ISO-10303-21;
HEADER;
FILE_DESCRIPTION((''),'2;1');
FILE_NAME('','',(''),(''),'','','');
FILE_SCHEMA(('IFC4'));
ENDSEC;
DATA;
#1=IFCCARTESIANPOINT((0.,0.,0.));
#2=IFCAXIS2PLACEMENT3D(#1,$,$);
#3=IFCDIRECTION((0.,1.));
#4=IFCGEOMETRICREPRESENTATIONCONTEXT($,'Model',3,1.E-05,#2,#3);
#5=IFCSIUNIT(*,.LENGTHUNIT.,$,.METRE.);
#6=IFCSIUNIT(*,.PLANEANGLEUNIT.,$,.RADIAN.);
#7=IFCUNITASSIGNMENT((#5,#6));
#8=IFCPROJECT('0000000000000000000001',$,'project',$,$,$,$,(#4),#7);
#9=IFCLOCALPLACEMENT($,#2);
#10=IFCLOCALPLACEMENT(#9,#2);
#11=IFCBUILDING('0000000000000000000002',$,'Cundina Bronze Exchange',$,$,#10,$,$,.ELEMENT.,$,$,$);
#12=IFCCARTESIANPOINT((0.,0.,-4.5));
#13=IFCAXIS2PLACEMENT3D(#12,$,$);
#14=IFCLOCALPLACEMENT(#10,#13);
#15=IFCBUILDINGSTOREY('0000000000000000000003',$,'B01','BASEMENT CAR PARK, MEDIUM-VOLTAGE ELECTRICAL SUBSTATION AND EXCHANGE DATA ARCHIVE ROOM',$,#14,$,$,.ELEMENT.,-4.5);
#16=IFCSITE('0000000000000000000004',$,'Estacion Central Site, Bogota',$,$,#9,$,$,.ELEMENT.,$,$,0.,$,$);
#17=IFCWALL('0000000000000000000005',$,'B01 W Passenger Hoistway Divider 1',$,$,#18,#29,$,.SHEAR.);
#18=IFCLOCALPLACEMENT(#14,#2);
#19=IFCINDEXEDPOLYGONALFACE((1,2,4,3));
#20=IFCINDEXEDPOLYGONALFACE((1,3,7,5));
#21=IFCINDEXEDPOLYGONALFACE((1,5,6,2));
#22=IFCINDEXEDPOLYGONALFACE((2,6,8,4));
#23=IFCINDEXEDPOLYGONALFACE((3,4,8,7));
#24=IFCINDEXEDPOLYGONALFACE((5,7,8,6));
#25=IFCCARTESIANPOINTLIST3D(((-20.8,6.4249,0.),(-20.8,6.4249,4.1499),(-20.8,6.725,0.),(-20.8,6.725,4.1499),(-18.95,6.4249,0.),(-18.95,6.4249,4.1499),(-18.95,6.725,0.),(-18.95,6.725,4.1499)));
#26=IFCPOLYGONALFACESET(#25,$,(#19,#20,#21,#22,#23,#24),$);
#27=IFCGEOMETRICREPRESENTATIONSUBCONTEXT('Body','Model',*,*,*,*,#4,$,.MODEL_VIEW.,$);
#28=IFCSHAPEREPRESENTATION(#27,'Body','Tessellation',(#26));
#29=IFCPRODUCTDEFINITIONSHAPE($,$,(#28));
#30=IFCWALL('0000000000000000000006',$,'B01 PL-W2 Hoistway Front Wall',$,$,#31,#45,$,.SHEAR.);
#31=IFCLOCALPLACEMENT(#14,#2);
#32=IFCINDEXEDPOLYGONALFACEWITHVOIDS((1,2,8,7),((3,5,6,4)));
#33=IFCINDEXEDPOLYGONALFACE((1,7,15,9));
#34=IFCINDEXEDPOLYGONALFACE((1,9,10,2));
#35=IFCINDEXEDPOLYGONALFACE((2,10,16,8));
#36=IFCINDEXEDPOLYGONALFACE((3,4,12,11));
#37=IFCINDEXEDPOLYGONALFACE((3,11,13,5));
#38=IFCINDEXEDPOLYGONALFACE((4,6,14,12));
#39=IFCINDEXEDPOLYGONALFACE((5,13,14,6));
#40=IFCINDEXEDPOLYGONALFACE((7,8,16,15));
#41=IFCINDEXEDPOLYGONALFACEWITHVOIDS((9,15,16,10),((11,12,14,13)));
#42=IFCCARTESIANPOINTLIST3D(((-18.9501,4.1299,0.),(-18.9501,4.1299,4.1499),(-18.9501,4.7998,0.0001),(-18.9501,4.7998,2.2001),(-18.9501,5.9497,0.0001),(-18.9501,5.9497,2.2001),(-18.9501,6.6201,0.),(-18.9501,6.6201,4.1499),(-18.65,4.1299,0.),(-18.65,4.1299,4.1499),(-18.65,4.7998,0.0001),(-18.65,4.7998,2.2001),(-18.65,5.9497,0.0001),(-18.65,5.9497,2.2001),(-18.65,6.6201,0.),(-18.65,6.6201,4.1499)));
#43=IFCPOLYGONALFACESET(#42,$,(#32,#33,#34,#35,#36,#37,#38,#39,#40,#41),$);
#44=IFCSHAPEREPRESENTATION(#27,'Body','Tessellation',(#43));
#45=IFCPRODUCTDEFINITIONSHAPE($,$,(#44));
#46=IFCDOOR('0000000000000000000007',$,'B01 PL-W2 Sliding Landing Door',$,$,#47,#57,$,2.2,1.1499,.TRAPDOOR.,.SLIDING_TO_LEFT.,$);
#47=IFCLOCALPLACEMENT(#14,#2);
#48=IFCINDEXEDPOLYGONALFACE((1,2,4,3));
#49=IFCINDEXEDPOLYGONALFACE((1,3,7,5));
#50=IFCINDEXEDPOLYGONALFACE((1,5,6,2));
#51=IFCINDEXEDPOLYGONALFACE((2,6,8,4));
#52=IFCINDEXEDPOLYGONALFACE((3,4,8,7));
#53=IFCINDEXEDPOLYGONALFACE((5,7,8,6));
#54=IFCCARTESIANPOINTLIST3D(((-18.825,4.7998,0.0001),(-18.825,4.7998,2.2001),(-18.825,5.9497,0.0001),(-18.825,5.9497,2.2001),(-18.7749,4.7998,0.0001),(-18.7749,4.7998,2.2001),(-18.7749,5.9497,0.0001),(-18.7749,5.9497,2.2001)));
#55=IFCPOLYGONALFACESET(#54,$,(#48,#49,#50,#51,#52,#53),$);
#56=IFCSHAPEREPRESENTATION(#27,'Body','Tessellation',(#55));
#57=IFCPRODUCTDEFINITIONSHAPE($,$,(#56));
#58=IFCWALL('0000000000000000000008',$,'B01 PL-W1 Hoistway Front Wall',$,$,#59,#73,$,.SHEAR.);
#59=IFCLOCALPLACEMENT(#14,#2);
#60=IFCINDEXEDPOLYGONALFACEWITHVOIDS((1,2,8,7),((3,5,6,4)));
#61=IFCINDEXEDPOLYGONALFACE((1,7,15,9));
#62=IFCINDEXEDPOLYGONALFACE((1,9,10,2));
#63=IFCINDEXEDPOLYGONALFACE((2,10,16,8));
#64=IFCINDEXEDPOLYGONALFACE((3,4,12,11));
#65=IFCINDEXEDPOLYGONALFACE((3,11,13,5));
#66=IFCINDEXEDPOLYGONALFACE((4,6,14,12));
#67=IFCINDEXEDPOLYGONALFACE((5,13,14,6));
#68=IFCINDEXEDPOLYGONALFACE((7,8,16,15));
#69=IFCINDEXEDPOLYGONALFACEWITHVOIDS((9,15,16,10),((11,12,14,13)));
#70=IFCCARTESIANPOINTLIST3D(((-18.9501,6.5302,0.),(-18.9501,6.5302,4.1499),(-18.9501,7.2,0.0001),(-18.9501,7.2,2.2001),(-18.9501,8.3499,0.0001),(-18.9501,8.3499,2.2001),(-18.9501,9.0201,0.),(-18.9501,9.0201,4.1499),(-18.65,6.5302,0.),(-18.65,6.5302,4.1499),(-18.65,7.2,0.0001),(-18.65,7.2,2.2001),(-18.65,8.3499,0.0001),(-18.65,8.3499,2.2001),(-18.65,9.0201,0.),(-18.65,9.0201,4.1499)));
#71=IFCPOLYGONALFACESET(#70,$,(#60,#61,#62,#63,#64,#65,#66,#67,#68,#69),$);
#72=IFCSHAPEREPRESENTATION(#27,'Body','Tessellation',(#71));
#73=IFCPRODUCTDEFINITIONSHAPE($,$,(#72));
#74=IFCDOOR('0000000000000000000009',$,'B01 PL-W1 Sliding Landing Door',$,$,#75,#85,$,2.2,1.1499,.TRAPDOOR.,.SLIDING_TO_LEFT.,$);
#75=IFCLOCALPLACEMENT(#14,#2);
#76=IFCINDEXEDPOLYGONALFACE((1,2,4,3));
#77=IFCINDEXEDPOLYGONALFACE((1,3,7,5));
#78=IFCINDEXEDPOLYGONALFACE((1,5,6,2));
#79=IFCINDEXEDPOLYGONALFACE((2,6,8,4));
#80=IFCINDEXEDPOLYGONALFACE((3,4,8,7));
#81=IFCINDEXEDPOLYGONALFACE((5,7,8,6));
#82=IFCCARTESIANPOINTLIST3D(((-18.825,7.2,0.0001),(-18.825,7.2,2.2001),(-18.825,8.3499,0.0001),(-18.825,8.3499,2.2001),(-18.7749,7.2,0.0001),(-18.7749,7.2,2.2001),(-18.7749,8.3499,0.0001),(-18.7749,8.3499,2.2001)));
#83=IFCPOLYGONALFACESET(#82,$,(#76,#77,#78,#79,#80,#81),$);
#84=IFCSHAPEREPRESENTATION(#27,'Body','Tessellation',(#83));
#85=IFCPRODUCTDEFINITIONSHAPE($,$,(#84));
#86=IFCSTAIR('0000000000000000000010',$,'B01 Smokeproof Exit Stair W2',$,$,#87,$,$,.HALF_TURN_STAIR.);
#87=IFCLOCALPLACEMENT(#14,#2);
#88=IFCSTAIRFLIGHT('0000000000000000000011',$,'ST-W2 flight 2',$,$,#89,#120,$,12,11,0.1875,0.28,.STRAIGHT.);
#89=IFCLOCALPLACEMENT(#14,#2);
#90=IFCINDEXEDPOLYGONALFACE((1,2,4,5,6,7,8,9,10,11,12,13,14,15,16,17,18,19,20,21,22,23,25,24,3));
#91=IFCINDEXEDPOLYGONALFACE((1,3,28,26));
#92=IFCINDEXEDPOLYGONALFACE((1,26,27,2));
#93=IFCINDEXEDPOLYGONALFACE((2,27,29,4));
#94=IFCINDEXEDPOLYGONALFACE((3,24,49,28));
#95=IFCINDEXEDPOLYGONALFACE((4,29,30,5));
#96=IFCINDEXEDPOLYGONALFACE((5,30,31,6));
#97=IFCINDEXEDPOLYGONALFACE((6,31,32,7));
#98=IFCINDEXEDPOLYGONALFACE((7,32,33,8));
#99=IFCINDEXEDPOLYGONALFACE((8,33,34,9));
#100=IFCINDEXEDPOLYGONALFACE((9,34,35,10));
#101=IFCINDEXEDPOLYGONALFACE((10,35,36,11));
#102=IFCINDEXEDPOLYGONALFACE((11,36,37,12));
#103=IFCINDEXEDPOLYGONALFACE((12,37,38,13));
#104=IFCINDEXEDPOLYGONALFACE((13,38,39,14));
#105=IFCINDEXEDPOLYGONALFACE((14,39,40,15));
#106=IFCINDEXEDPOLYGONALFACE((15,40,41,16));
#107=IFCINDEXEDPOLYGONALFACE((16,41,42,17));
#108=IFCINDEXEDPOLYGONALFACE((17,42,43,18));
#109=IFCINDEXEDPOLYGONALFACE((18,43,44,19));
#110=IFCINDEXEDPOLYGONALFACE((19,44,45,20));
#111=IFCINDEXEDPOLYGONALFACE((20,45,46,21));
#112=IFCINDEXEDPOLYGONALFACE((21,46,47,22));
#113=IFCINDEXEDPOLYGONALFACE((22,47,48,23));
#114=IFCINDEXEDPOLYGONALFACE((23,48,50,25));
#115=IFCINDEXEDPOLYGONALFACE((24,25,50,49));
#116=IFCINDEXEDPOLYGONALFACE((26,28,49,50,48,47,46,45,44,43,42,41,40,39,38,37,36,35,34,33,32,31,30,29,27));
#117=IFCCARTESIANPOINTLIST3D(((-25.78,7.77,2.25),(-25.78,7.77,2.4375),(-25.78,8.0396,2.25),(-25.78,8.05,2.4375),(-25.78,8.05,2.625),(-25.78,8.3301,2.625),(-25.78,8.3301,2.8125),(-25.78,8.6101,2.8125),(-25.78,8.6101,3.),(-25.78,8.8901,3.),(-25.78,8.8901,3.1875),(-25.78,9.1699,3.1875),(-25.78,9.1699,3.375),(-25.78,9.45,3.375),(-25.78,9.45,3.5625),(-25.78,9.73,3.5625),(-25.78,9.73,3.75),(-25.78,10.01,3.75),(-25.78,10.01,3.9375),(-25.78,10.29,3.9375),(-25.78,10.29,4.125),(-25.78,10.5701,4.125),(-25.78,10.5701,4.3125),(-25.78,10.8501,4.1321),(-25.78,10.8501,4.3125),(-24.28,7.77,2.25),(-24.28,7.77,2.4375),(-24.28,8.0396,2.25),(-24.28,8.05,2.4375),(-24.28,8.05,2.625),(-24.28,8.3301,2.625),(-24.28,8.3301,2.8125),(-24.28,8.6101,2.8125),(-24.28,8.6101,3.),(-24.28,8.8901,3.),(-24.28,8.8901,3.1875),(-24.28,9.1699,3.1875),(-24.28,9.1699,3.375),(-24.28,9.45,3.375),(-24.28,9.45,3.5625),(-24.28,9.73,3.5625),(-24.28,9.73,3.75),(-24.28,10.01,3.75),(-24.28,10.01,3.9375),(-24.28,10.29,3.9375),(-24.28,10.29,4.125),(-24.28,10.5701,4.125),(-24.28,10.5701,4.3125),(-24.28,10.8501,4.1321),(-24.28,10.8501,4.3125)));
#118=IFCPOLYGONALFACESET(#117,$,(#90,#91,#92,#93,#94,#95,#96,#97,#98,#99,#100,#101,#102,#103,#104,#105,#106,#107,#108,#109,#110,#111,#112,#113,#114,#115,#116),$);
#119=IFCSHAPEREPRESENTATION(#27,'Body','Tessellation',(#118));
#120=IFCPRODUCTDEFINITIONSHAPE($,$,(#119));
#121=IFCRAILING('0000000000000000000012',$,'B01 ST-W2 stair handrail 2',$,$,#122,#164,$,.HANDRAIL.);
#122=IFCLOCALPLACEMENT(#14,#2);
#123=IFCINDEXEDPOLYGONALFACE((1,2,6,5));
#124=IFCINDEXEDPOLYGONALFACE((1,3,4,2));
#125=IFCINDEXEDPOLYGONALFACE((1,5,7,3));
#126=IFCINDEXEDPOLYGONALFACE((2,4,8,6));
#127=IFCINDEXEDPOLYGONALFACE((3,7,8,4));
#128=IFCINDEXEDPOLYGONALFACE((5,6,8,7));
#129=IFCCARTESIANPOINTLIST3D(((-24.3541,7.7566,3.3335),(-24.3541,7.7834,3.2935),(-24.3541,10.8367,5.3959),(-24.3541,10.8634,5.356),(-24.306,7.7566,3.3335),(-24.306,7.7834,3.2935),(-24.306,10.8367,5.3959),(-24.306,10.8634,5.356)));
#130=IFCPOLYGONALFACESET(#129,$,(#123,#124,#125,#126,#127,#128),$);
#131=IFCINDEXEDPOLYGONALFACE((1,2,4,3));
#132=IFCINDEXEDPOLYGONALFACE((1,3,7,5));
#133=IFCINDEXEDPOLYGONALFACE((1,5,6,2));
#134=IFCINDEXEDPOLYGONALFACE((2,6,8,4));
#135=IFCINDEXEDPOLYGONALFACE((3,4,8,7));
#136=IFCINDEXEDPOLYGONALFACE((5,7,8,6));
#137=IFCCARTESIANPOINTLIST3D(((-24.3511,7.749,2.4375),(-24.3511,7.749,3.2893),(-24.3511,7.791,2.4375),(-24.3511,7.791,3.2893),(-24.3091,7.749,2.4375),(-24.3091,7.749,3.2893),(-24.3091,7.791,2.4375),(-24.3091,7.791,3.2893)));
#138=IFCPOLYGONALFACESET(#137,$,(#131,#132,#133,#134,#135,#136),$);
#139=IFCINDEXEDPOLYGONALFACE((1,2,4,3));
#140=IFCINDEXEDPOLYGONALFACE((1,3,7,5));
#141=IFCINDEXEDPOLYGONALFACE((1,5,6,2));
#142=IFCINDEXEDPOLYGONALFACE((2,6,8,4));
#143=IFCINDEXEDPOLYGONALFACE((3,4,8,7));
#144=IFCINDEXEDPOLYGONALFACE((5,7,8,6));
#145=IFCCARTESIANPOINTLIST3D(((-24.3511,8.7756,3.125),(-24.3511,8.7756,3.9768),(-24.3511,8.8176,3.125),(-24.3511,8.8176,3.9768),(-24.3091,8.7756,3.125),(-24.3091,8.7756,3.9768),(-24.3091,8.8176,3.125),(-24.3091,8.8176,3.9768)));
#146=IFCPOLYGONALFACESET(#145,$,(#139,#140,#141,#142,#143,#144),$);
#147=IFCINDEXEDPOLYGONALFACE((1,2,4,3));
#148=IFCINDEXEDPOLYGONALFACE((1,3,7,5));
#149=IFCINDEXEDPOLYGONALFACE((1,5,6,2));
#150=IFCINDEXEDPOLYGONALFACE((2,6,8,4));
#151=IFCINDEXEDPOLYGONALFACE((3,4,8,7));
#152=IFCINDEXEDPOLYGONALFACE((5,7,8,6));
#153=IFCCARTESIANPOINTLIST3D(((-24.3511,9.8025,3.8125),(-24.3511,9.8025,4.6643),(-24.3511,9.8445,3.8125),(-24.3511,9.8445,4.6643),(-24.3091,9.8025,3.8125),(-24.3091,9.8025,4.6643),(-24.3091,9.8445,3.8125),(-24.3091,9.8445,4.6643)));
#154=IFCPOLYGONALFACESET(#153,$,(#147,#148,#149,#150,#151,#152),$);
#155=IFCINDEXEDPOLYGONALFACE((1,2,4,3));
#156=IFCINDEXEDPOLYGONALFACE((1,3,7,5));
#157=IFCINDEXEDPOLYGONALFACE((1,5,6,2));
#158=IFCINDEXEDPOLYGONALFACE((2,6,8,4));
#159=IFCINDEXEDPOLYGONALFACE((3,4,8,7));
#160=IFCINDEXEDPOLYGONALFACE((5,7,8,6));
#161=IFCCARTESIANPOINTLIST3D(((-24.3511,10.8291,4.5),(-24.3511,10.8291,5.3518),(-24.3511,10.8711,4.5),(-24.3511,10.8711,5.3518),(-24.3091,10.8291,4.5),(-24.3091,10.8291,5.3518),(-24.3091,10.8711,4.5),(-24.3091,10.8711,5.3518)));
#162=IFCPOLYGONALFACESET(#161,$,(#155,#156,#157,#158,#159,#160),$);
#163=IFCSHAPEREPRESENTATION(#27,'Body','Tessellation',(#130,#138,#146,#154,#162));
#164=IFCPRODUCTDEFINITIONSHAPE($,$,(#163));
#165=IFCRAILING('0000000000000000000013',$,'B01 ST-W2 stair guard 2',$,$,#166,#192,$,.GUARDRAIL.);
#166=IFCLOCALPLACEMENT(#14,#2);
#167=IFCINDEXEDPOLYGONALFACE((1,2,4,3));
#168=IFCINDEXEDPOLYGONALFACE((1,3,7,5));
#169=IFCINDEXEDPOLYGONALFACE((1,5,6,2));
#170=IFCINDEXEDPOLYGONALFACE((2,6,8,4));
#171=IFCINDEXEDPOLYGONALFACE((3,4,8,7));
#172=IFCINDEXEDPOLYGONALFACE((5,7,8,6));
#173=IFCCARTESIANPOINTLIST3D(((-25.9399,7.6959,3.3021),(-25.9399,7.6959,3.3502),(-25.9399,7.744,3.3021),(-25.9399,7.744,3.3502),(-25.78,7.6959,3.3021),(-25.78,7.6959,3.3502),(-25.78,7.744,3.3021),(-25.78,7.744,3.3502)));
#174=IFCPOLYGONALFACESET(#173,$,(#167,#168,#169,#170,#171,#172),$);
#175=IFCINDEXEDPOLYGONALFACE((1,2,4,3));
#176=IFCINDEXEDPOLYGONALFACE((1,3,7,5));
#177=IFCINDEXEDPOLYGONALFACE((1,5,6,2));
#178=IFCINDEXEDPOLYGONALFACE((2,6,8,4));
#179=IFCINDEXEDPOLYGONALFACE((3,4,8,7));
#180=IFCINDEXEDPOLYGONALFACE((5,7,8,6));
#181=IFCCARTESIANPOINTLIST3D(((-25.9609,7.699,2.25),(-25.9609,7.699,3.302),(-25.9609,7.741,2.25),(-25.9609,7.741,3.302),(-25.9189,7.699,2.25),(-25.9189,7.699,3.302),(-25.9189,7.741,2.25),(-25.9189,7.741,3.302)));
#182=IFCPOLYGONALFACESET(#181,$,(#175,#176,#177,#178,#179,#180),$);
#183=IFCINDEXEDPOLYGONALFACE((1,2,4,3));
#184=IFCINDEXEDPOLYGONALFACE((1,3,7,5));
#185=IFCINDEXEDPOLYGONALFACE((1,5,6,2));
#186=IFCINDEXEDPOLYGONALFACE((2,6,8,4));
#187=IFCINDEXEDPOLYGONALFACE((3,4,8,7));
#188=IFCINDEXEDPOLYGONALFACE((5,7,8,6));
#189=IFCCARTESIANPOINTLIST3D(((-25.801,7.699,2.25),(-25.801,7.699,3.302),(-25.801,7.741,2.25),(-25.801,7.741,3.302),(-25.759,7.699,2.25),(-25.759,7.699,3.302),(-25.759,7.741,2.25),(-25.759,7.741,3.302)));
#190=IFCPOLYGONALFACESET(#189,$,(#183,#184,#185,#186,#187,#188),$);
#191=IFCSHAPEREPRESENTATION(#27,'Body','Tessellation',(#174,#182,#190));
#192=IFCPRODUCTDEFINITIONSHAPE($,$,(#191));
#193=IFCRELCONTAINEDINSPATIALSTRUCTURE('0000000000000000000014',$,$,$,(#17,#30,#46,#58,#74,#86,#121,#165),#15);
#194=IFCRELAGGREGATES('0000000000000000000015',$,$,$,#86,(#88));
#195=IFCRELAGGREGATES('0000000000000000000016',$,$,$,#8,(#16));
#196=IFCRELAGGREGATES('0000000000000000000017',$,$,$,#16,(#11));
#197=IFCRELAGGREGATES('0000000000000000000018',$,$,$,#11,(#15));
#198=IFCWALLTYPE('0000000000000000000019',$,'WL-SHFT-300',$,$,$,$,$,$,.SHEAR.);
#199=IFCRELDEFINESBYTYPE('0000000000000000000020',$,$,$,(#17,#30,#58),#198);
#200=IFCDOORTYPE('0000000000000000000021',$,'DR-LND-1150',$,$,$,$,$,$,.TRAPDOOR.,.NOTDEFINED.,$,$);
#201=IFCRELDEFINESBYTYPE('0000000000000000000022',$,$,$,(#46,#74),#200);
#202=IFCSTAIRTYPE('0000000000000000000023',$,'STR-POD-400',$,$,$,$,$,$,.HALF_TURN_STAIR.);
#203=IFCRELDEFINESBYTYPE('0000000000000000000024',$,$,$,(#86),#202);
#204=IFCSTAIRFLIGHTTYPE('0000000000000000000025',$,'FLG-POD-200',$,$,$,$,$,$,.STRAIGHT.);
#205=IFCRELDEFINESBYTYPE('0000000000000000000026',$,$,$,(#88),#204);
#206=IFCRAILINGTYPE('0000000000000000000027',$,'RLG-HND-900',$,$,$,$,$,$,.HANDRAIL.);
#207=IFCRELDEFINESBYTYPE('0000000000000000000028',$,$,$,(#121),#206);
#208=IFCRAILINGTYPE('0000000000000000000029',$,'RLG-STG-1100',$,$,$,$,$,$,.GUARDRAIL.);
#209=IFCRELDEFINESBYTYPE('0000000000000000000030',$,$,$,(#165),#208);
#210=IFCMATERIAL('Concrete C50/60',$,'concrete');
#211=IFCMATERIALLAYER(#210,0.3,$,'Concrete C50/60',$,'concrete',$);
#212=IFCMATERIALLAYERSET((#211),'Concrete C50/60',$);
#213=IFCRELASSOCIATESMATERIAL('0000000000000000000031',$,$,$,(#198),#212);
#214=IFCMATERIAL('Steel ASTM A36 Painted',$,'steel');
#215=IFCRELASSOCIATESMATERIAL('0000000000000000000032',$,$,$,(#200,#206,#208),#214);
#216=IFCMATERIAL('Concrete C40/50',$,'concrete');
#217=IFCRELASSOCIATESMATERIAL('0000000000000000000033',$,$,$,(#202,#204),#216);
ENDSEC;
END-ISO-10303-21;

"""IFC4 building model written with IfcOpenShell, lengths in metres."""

from ifc_helpers import new_model, si_unit, direction, frame, frame_2d, origin, origin_2d, place, context, subcontext, project, spatial, polyline, rectangle, outline, extrude, material, layer, layer_set, type_object, element, fill, aggregate, save


model = new_model("IFC4")

# Units and contexts
model_context = context("Model", 3, precision=1e-05, world=origin(), true_north=direction((0.0, 1.0)))
body_context = subcontext(model_context, "Body", "Model", "MODEL_VIEW")
ifc_project = project(units=[si_unit("LENGTHUNIT", "METRE"), si_unit("PLANEANGLEUNIT", "RADIAN")], contexts=[model_context])

# Site, building, storey
site_placement = place(None, origin())
site = spatial("IfcSite", under=ifc_project, at=site_placement, Name="Estacion Central Site, Bogota", CompositionType="ELEMENT", RefElevation=0.0)
building_placement = place(site_placement, origin())
building = spatial("IfcBuilding", under=site, at=building_placement, Name="Cundina Bronze Exchange", CompositionType="ELEMENT")
storey_placement = place(building_placement, frame((0.0, 0.0, -4.5)))
storey = spatial("IfcBuildingStorey", under=building, at=storey_placement, Name="B01", Description="BASEMENT CAR PARK, MEDIUM-VOLTAGE ELECTRICAL SUBSTATION AND EXCHANGE DATA ARCHIVE ROOM", CompositionType="ELEMENT", Elevation=-4.5)

# Shared definitions
ifc_material_1 = material(Name="Concrete C50/60", Category="concrete")
ifc_layer = layer(ifc_material_1, 0.3, Name="Concrete C50/60", Category="concrete")
ifc_layer_set = layer_set([ifc_layer], Name="Concrete C50/60")
wall_type = type_object("IfcWallType", Name="WL-SHFT-300", PredefinedType="SHEAR", material=ifc_layer_set)
ifc_material_2 = material(Name="Steel ASTM A36 Painted", Category="steel")
door_type = type_object("IfcDoorType", Name="DR-LND-1150", OperationType="NOTDEFINED", PredefinedType="TRAPDOOR", material=ifc_material_2)

# Wall
wall_1_placement = place(storey_placement, frame((-20.8, 6.575, 0.0), z_axis=(0.0, 0.0, 1.0), x_axis=(1.0, 0.0, 0.0)))
element("IfcWall", 1, at=wall_1_placement, inside=storey, type_object=wall_type, Name="B01 W Passenger Hoistway Divider 1", PredefinedType="SHEAR", context=body_context, shape_type="SweptSolid", body=[
    extrude(rectangle(XDim=1.8501, YDim=0.3, at=frame_2d((0.925, 0.0))), origin(), (0.0, 0.0, 1.0), 4.1499),
])

# Walls, openings, doors
wall_2_placement = place(storey_placement, frame((-18.8, 4.1299, 0.0), z_axis=(0.0, 0.0, 1.0), x_axis=(0.0, 1.0, 0.0)))
wall_2 = element("IfcWall", 2, at=wall_2_placement, inside=storey, type_object=wall_type, Name="B01 PL-W2 Hoistway Front Wall", PredefinedType="SHEAR", context=body_context, shape_type="SweptSolid", body=[
    extrude(rectangle(XDim=2.4902, YDim=0.3, at=frame_2d((1.2451, 0.0))), origin(), (0.0, 0.0, 1.0), 4.1499),
])
opening_1_placement = place(wall_2_placement, frame((0.6699, 0.0, 0.0)))
opening_1 = element("IfcOpeningElement", 3, at=opening_1_placement, cuts=wall_2, PredefinedType="OPENING", context=body_context, shape_type="SweptSolid", body=[
    extrude(rectangle(XDim=1.1499, YDim=2.2, at=frame_2d((0.575, 1.1001))), frame((0.0, 0.1599, 0.0), z_axis=(0.0, -1.0, 0.0), x_axis=(1.0, 0.0, 0.0)), (0.0, 0.0, 1.0), 0.3201),
])
door_1_placement = place(opening_1_placement, origin())
door_1 = element("IfcDoor", 4, at=door_1_placement, inside=storey, type_object=door_type, Name="B01 PL-W2 Sliding Landing Door", OperationType="SLIDING_TO_LEFT", OverallHeight=2.2, OverallWidth=1.1499, PredefinedType="TRAPDOOR", context=body_context, shape_type="SweptSolid", body=[
    extrude(rectangle(XDim=1.1499, YDim=2.2, at=frame_2d((0.575, 1.1001))), frame((0.0, 0.0249, 0.0), z_axis=(0.0, -1.0, 0.0), x_axis=(1.0, 0.0, 0.0)), (0.0, 0.0, 1.0), 0.05),
])
fill(opening_1, door_1)
wall_3_placement = place(storey_placement, frame((-18.8, 6.53, 0.0), z_axis=(0.0, 0.0, 1.0), x_axis=(0.0, 1.0, 0.0)))
wall_3 = element("IfcWall", 5, at=wall_3_placement, inside=storey, type_object=wall_type, Name="B01 PL-W1 Hoistway Front Wall", PredefinedType="SHEAR", context=body_context, shape_type="SweptSolid", body=[
    extrude(rectangle(XDim=2.49, YDim=0.3, at=frame_2d((1.2451, 0.0))), origin(), (0.0, 0.0, 1.0), 4.1499),
])
opening_2_placement = place(wall_3_placement, frame((0.6699, 0.0, 0.0)))
opening_2 = element("IfcOpeningElement", 6, at=opening_2_placement, cuts=wall_3, PredefinedType="OPENING", context=body_context, shape_type="SweptSolid", body=[
    extrude(rectangle(XDim=1.1499, YDim=2.2, at=frame_2d((0.575, 1.1001))), frame((0.0, 0.1599, 0.0), z_axis=(0.0, -1.0, 0.0), x_axis=(1.0, 0.0, 0.0)), (0.0, 0.0, 1.0), 0.3201),
])
door_2_placement = place(opening_2_placement, origin())
door_2 = element("IfcDoor", 7, at=door_2_placement, inside=storey, type_object=door_type, Name="B01 PL-W1 Sliding Landing Door", OperationType="SLIDING_TO_LEFT", OverallHeight=2.2, OverallWidth=1.1499, PredefinedType="TRAPDOOR", context=body_context, shape_type="SweptSolid", body=[
    extrude(rectangle(XDim=1.1499, YDim=2.2, at=frame_2d((0.575, 1.1001))), frame((0.0, 0.0249, 0.0), z_axis=(0.0, -1.0, 0.0), x_axis=(1.0, 0.0, 0.0)), (0.0, 0.0, 1.0), 0.05),
])
fill(opening_2, door_2)

# Stair, stair flight
ifc_material_3 = material(Name="Concrete C40/50", Category="concrete")
stair_type = type_object("IfcStairType", Name="STR-POD-400", PredefinedType="HALF_TURN_STAIR", material=ifc_material_3)
stair_placement = place(storey_placement, origin())
stair = element("IfcStair", 8, at=stair_placement, inside=storey, type_object=stair_type, Name="B01 Smokeproof Exit Stair W2", PredefinedType="HALF_TURN_STAIR")
stair_flight_type = type_object("IfcStairFlightType", Name="FLG-POD-200", PredefinedType="STRAIGHT", material=ifc_material_3)
stair_flight_placement = place(storey_placement, frame((-25.03, 7.77, 2.25), z_axis=(0.0, 0.0, 1.0), x_axis=(0.0, 1.0, 0.0)))
stair_flight = element("IfcStairFlight", 9, at=stair_flight_placement, type_object=stair_flight_type, Name="ST-W2 flight 2", NumberOfRisers=12, NumberOfTreads=11, PredefinedType="STRAIGHT", RiserHeight=0.1875, TreadLength=0.28, context=body_context, shape_type="SweptSolid", body=[
    extrude(outline(polyline([(0.0, 0.0), (0.0, 0.1875), (0.28, 0.1875), (0.28, 0.375), (0.5601, 0.375), (0.5601, 0.5625), (0.8401, 0.5625), (0.8401, 0.75), (1.1201, 0.75), (1.1201, 0.9375), (1.3999, 0.9375), (1.3999, 1.125), (1.6799, 1.125), (1.6799, 1.3125), (1.96, 1.3125), (1.96, 1.5), (2.24, 1.5), (2.24, 1.6875), (2.52, 1.6875), (2.52, 1.875), (2.8, 1.875), (2.8, 2.0625), (3.0801, 2.0625), (3.0801, 2.25), (3.0801, 1.8821), (0.2695, 0.0), (0.0, 0.0)])), frame((0.0, 0.75, 0.0), z_axis=(0.0, -1.0, 0.0), x_axis=(1.0, 0.0, 0.0)), (0.0, 0.0, 1.0), 1.5),
])
aggregate(stair, [stair_flight])

# Railings
railing_type_1 = type_object("IfcRailingType", Name="RLG-HND-900", PredefinedType="HANDRAIL", material=ifc_material_2)
railing_1_placement = place(storey_placement, frame((-24.3301, 7.77, 2.4375)))
element("IfcRailing", 10, at=railing_1_placement, inside=storey, type_object=railing_type_1, Name="B01 ST-W2 stair handrail 2", PredefinedType="HANDRAIL", context=body_context, shape_type="SweptSolid", body=[
    extrude(rectangle(XDim=0.0481, YDim=0.0481, at=origin_2d()), frame((0.0, 0.0, 0.876), z_axis=(0.0, 0.830914, 0.556401), x_axis=(-1.0, 0.0, 0.0)), (0.0, 0.0, 1.0), 3.7068),
    extrude(rectangle(XDim=0.042, YDim=0.042, at=origin_2d()), origin(), (0.0, 0.0, 1.0), 0.8518),
    extrude(rectangle(XDim=0.042, YDim=0.042, at=origin_2d()), frame((0.0, 1.0266, 0.6875)), (0.0, 0.0, 1.0), 0.8518),
    extrude(rectangle(XDim=0.042, YDim=0.042, at=origin_2d()), frame((0.0, 2.0535, 1.375)), (0.0, 0.0, 1.0), 0.8518),
    extrude(rectangle(XDim=0.042, YDim=0.042, at=origin_2d()), frame((0.0, 3.0801, 2.0625)), (0.0, 0.0, 1.0), 0.8518),
])
railing_type_2 = type_object("IfcRailingType", Name="RLG-STG-1100", PredefinedType="GUARDRAIL", material=ifc_material_2)
railing_2_placement = place(storey_placement, frame((-25.9399, 7.72, 2.25)))
element("IfcRailing", 11, at=railing_2_placement, inside=storey, type_object=railing_type_2, Name="B01 ST-W2 stair guard 2", PredefinedType="GUARDRAIL", context=body_context, shape_type="SweptSolid", body=[
    extrude(rectangle(XDim=0.0481, YDim=0.0481, at=origin_2d()), frame((0.0, 0.0, 1.0762), z_axis=(1.0, 0.0, 0.0), x_axis=(0.0, 1.0, 0.0)), (0.0, 0.0, 1.0), 0.1599),
    extrude(rectangle(XDim=0.042, YDim=0.042, at=origin_2d()), origin(), (0.0, 0.0, 1.0), 1.052),
    extrude(rectangle(XDim=0.042, YDim=0.042, at=origin_2d()), frame((0.1599, 0.0, 0.0)), (0.0, 0.0, 1.0), 1.052),
])

save(model, "model.ifc")
